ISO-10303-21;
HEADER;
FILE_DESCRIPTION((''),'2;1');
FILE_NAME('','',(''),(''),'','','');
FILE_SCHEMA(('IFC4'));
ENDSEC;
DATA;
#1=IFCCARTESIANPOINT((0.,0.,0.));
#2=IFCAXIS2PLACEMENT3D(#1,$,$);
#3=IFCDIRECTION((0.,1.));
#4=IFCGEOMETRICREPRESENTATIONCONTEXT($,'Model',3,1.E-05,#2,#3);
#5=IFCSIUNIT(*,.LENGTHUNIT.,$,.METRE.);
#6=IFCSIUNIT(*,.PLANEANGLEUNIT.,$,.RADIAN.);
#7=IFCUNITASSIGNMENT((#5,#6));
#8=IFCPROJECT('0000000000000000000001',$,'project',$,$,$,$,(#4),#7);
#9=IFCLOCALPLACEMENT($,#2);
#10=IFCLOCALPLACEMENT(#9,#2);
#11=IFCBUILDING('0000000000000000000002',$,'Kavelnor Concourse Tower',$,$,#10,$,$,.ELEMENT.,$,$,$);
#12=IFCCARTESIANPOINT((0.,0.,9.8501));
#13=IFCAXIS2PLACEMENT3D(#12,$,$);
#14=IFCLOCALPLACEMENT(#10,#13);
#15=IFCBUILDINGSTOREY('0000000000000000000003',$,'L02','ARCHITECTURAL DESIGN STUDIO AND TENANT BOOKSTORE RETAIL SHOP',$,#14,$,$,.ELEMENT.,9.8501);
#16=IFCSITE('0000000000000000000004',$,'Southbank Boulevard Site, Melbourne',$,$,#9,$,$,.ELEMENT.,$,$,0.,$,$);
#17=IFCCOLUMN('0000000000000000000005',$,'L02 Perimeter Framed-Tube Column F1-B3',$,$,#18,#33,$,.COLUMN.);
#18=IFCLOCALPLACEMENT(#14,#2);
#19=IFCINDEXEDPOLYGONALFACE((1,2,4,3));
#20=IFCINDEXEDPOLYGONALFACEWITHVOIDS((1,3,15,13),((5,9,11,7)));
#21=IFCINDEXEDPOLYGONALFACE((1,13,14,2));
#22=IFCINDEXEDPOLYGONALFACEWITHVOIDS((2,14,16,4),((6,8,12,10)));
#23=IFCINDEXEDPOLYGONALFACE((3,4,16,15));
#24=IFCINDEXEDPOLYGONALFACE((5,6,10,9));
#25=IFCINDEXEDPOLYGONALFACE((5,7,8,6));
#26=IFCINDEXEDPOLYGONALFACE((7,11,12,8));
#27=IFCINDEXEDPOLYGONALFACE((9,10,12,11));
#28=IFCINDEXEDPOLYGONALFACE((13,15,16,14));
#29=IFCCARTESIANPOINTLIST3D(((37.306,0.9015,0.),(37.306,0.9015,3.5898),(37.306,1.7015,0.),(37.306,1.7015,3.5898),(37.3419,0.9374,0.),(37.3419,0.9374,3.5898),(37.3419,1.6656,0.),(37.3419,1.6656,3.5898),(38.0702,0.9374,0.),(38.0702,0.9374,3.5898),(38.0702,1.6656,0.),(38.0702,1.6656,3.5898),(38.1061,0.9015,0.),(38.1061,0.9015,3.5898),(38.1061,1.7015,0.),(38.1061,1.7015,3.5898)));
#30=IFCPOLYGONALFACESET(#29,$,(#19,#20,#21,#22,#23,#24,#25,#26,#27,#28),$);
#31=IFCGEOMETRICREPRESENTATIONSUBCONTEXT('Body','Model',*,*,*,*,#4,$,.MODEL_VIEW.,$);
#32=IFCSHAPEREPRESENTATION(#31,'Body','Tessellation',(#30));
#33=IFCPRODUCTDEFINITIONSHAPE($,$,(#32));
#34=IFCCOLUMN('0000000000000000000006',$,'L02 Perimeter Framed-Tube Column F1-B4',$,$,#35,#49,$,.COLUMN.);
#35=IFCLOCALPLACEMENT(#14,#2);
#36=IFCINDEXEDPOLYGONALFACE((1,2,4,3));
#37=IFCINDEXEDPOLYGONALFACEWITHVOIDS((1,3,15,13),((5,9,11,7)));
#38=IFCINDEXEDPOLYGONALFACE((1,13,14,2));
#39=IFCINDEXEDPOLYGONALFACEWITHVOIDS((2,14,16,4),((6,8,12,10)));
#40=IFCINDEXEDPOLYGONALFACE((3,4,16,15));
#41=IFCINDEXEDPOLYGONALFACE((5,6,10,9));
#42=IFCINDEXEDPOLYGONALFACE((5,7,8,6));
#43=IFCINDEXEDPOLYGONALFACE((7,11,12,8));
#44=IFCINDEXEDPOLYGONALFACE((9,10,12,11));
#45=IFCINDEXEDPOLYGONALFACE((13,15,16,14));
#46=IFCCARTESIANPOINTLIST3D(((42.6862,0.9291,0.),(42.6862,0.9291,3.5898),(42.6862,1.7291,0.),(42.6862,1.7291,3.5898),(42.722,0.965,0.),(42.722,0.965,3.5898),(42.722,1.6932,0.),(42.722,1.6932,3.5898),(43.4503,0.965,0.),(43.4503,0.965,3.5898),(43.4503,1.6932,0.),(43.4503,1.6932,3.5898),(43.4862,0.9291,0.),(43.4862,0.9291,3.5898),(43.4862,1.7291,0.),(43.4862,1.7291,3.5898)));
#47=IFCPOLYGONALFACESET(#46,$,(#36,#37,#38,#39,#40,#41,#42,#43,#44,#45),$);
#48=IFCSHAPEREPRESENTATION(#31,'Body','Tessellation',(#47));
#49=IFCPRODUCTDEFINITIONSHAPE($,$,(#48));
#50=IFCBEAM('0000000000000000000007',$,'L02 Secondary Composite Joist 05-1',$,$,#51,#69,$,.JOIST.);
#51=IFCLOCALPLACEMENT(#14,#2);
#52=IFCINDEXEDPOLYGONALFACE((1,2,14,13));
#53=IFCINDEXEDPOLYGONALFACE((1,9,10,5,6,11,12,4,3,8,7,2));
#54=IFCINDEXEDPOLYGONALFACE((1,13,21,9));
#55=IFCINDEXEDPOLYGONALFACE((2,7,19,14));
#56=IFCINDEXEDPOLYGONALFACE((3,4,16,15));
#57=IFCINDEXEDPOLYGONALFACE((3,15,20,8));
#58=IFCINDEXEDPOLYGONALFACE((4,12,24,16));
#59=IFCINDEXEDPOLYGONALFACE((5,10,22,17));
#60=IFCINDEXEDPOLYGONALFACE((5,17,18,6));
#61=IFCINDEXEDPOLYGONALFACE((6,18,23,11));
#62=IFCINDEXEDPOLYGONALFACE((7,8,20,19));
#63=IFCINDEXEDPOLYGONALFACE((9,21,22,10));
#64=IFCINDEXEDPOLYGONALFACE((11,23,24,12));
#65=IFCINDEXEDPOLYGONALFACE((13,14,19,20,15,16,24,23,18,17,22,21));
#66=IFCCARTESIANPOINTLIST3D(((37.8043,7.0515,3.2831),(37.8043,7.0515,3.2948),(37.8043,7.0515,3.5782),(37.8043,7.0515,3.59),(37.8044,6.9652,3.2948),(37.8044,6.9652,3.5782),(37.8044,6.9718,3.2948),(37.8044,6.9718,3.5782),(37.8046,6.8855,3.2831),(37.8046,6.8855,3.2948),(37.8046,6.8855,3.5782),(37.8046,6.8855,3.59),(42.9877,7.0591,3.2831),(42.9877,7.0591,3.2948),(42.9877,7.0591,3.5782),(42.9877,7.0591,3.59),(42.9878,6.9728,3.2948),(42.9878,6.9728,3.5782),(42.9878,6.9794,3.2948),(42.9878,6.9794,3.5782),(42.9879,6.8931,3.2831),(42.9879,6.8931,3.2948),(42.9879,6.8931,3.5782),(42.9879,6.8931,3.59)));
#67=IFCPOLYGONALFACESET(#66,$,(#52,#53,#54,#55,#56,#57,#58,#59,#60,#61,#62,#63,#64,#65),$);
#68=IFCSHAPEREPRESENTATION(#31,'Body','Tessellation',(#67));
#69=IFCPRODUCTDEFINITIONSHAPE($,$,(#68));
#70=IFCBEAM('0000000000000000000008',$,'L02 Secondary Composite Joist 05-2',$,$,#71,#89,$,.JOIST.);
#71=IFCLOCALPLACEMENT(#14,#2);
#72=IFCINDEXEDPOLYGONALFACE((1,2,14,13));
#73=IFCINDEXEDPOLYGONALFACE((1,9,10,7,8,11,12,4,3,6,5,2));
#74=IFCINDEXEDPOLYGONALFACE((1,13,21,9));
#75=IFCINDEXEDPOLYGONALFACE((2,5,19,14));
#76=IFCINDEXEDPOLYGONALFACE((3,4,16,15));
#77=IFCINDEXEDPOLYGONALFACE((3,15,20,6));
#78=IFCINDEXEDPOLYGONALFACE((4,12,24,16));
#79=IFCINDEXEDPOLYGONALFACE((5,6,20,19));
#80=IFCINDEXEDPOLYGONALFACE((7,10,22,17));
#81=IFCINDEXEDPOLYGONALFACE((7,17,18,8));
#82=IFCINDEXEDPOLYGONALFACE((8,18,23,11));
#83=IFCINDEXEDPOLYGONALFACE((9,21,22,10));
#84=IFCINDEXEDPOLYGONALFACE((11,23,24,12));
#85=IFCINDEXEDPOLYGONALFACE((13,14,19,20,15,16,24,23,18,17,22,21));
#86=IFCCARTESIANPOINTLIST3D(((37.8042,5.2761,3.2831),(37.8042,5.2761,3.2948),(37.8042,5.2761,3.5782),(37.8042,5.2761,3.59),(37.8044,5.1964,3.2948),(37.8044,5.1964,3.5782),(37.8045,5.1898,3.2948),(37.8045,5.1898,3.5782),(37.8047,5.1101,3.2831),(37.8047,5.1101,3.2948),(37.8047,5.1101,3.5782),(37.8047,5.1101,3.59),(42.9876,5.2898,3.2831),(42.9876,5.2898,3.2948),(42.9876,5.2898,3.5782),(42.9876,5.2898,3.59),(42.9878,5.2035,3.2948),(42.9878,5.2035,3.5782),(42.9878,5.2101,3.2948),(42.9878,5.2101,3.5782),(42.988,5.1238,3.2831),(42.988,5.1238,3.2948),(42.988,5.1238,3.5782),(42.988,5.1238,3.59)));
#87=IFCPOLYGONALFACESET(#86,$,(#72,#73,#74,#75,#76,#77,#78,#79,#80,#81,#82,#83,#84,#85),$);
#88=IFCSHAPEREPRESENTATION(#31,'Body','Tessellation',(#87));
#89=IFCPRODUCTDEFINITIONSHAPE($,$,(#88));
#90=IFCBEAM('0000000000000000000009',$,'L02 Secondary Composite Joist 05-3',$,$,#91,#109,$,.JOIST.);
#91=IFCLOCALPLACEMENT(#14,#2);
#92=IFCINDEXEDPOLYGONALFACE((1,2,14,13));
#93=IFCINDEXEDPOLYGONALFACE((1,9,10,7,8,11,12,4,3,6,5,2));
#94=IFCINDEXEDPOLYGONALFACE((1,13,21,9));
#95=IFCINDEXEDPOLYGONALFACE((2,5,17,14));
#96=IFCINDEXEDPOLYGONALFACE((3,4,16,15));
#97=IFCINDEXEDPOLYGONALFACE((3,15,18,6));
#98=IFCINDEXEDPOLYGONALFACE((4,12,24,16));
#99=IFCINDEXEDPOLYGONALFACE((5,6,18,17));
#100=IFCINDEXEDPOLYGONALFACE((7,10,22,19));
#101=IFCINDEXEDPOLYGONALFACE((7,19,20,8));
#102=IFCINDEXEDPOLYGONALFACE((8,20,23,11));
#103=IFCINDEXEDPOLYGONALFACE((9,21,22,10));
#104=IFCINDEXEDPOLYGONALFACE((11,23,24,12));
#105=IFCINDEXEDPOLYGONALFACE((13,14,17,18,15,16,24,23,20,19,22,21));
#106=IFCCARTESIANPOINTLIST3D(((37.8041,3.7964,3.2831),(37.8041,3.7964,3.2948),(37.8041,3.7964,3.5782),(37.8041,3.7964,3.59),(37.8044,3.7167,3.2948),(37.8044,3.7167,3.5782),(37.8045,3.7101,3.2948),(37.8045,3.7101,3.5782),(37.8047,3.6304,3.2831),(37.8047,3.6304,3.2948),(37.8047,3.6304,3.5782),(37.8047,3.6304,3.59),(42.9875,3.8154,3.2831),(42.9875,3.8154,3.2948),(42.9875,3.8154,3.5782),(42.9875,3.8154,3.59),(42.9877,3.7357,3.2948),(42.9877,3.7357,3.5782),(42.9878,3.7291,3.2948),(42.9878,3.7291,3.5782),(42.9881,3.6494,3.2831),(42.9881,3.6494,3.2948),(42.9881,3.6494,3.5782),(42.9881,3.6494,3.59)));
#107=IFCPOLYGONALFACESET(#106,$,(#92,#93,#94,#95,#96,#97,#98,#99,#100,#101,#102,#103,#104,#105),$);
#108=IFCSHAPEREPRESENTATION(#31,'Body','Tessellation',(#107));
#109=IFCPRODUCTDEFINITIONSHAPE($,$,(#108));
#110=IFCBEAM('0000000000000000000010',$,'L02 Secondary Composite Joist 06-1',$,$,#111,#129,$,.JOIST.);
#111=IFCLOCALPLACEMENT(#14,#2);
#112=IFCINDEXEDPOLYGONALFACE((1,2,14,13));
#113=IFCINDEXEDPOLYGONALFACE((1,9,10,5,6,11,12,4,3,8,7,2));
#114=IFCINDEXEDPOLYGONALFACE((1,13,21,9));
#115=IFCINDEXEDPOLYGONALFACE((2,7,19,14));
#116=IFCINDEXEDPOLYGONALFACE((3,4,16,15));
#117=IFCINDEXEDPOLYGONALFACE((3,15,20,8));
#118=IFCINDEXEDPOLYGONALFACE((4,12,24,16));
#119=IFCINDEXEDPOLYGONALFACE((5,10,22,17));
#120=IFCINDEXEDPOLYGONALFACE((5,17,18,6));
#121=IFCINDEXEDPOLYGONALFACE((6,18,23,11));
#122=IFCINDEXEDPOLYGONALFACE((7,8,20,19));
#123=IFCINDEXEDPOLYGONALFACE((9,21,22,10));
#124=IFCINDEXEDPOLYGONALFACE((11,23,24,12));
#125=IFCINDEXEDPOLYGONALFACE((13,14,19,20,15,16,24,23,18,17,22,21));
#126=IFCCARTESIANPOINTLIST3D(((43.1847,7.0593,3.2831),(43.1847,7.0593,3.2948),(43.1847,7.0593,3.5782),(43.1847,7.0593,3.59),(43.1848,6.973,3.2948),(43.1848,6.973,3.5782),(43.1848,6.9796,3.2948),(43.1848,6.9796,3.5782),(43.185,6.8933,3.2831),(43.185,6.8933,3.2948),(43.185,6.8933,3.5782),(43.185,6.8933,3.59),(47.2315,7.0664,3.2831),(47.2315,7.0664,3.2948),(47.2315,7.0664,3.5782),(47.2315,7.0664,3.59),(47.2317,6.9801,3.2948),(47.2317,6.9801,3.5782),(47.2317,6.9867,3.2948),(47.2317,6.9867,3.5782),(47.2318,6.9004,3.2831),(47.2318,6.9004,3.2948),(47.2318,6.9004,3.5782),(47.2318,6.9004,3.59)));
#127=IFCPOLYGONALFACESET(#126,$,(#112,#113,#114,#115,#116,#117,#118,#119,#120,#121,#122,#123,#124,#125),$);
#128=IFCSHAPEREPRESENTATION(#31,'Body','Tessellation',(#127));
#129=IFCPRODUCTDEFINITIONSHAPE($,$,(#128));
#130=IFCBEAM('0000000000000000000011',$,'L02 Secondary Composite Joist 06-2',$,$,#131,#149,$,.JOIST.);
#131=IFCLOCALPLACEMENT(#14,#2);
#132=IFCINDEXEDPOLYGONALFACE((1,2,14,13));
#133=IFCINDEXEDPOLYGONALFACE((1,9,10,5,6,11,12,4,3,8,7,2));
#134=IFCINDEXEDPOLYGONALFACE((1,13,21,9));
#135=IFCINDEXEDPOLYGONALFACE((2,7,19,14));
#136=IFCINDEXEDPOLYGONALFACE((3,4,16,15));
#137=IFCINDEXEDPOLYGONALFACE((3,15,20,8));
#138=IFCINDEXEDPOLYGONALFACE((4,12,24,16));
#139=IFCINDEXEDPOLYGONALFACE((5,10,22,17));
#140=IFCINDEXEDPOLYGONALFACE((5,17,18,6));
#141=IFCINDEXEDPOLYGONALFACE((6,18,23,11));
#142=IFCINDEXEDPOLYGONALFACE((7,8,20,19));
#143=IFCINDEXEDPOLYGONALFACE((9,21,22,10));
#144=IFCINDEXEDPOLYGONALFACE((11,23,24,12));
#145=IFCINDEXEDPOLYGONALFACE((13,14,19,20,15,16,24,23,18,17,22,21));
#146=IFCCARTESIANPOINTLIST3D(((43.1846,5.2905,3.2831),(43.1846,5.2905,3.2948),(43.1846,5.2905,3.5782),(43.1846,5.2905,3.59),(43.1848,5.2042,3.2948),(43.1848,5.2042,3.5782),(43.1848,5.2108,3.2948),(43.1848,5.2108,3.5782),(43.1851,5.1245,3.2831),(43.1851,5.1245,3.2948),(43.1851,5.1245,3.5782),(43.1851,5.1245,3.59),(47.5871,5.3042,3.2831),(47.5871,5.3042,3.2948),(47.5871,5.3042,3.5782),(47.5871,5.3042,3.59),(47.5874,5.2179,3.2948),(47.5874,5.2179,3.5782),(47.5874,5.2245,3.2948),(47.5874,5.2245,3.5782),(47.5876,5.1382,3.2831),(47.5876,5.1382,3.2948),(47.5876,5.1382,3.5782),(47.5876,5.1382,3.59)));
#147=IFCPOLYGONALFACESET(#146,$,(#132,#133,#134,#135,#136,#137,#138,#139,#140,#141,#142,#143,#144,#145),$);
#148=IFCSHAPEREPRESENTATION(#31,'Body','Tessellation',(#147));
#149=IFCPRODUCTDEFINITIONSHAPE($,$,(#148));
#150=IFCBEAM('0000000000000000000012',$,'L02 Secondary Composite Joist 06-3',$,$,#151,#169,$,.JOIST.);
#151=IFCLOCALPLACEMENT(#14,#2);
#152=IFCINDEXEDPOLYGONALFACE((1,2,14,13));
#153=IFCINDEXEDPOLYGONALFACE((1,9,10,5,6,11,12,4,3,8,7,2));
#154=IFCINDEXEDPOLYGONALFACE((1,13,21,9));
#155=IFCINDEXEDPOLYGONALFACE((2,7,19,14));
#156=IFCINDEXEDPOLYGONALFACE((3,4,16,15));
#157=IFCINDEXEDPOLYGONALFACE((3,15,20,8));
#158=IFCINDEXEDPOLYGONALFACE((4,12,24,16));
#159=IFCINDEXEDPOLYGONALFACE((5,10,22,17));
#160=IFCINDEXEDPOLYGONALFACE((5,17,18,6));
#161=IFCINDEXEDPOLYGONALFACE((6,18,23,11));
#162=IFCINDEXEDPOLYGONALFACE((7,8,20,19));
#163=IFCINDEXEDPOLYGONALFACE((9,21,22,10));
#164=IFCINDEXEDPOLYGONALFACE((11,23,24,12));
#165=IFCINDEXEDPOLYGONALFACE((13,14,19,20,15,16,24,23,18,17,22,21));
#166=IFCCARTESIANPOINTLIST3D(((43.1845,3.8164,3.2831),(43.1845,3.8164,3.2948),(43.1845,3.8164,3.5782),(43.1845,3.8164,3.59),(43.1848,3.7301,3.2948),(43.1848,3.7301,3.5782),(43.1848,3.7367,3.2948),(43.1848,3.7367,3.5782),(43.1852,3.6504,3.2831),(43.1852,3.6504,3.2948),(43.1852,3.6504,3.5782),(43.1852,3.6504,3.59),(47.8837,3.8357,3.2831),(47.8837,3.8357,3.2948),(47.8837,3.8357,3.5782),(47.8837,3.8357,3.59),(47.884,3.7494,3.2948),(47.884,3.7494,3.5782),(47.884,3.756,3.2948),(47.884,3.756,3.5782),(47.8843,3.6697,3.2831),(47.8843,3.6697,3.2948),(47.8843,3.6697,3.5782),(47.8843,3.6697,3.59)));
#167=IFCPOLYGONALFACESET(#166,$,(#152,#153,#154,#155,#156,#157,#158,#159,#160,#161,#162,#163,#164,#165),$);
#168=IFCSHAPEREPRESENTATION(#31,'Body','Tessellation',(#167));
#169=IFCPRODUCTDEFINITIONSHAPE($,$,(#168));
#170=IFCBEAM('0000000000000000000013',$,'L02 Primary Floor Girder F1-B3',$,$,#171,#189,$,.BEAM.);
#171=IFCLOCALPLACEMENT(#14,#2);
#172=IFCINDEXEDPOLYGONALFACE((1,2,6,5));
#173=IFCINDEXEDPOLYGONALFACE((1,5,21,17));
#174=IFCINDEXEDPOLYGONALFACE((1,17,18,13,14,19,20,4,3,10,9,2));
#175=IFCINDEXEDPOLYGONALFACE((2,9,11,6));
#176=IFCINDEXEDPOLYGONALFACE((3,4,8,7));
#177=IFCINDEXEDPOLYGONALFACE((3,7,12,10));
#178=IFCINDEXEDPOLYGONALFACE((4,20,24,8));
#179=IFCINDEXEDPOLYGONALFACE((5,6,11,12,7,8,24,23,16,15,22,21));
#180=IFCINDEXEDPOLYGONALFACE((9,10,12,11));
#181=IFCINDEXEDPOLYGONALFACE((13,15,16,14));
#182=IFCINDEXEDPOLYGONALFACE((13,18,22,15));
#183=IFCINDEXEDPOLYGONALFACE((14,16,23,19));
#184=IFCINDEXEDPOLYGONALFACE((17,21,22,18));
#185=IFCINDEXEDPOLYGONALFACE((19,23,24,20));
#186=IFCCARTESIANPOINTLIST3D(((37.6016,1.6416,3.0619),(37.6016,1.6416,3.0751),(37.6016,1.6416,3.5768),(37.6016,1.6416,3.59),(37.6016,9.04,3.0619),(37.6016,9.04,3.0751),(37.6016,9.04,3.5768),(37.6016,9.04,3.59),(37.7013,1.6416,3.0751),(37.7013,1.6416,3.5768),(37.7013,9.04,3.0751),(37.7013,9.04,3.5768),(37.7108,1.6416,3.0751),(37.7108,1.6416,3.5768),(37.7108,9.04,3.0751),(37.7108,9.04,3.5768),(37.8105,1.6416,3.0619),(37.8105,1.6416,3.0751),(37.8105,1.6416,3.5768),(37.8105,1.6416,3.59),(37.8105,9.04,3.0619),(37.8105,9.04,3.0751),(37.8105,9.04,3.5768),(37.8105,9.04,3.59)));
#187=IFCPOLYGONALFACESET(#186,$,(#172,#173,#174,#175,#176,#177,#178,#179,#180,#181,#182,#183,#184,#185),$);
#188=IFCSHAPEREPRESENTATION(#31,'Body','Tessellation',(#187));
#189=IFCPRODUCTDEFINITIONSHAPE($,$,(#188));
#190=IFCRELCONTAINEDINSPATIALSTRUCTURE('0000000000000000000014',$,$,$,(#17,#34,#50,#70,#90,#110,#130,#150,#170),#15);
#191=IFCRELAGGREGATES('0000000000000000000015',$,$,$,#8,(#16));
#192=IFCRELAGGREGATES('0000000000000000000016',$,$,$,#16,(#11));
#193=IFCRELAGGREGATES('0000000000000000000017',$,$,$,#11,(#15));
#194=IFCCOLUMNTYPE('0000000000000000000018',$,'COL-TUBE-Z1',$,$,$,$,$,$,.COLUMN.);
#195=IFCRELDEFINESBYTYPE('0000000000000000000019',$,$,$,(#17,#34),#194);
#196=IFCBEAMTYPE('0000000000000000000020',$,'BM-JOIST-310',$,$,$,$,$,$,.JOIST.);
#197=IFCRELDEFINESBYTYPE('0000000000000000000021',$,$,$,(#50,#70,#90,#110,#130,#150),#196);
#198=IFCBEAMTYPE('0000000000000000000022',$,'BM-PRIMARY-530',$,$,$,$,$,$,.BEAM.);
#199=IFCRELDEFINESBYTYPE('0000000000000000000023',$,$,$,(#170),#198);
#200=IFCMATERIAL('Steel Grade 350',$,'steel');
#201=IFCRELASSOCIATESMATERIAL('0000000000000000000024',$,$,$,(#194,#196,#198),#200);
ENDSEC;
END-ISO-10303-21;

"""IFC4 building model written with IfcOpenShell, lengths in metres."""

from ifc_helpers import new_model, si_unit, direction, frame, origin, origin_2d, place, context, subcontext, project, spatial, hollow_rectangle, i_section, extrude, material, material_profile, profile_set, type_object, element, save


model = new_model("IFC4")

# Units and contexts
model_context = context("Model", 3, precision=1e-05, world=origin(), true_north=direction((0.0, 1.0)))
body_context = subcontext(model_context, "Body", "Model", "MODEL_VIEW")
ifc_project = project(units=[si_unit("LENGTHUNIT", "METRE"), si_unit("PLANEANGLEUNIT", "RADIAN")], contexts=[model_context])

# Site, building, storey
site_placement = place(None, origin())
site = spatial("IfcSite", under=ifc_project, at=site_placement, Name="Southbank Boulevard Site, Melbourne", CompositionType="ELEMENT", RefElevation=0.0)
building_placement = place(site_placement, origin())
building = spatial("IfcBuilding", under=site, at=building_placement, Name="Kavelnor Concourse Tower", CompositionType="ELEMENT")
storey_placement = place(building_placement, frame((0.0, 0.0, 9.8501)))
storey = spatial("IfcBuildingStorey", under=building, at=storey_placement, Name="L02", Description="ARCHITECTURAL DESIGN STUDIO AND TENANT BOOKSTORE RETAIL SHOP", CompositionType="ELEMENT", Elevation=9.8501)

# Columns
ifc_material_1 = material(Name="Steel Grade 350", Category="steel")
ifc_material_profile_1 = material_profile(ifc_material_1, hollow_rectangle(XDim=0.8, YDim=0.8, WallThickness=0.0359, at=origin_2d()), Name="SHS 800x800x36")
ifc_profile_set_1 = profile_set([ifc_material_profile_1], Name="Steel Grade 350")
column_type = type_object("IfcColumnType", Name="COL-TUBE-Z1", PredefinedType="COLUMN", material=ifc_profile_set_1)
for number, where, z_axis, x_axis, name in (
    (1, (37.7061, 1.3015, 0.0), (0.0, 0.0, 1.0), (1.0, 0.0, 0.0), "L02 Perimeter Framed-Tube Column F1-B3"),
    (2, (43.0862, 1.3291, 0.0), (0.0, 0.0, 1.0), (1.0, 0.0, 0.0), "L02 Perimeter Framed-Tube Column F1-B4"),
):
    element("IfcColumn", number, at=place(storey_placement, frame(where, z_axis=z_axis, x_axis=x_axis)), inside=storey, type_object=column_type, Name=name, PredefinedType="COLUMN", context=body_context, shape_type="SweptSolid", body=[
        extrude(hollow_rectangle(XDim=0.8, YDim=0.8, WallThickness=0.0359, at=origin_2d()), origin(), (0.0, 0.0, 1.0), 3.5898),
    ])

# Beams
ifc_material_profile_2 = material_profile(ifc_material_1, i_section(OverallWidth=0.166, OverallDepth=0.3069, WebThickness=0.0066, FlangeThickness=0.0117, at=origin_2d()), Name="310UB46")
ifc_profile_set_2 = profile_set([ifc_material_profile_2], Name="Steel Grade 350")
beam_type_1 = type_object("IfcBeamType", Name="BM-JOIST-310", PredefinedType="JOIST", material=ifc_profile_set_2)
for number, where, z_axis, x_axis, name in (
    (3, (37.8044, 6.9685, 3.4365), (0.999999, 0.00146, 0.0), (-0.00146, 0.999999, 0.0), "L02 Secondary Composite Joist 05-1"),
    (4, (37.8044, 5.1931, 3.4365), (0.999997, 0.002638, 0.0), (-0.002638, 0.999997, 0.0), "L02 Secondary Composite Joist 05-2"),
    (5, (37.8044, 3.7134, 3.4365), (0.999993, 0.003674, 0.0), (-0.003674, 0.999993, 0.0), "L02 Secondary Composite Joist 05-3"),
):
    element("IfcBeam", number, at=place(storey_placement, frame(where, z_axis=z_axis, x_axis=x_axis)), inside=storey, type_object=beam_type_1, Name=name, PredefinedType="JOIST", context=body_context, shape_type="SweptSolid", body=[
        extrude(i_section(OverallWidth=0.166, OverallDepth=0.3069, WebThickness=0.0066, FlangeThickness=0.0117, at=origin_2d()), origin(), (0.0, 0.0, 1.0), 5.1833),
    ])
beam_1_placement = place(storey_placement, frame((43.1848, 6.9763, 3.4365), z_axis=(0.999998, 0.00175, 0.0), x_axis=(-0.00175, 0.999998, 0.0)))
element("IfcBeam", 6, at=beam_1_placement, inside=storey, type_object=beam_type_1, Name="L02 Secondary Composite Joist 06-1", PredefinedType="JOIST", context=body_context, shape_type="SweptSolid", body=[
    extrude(i_section(OverallWidth=0.166, OverallDepth=0.3069, WebThickness=0.0066, FlangeThickness=0.0117, at=origin_2d()), origin(), (0.0, 0.0, 1.0), 4.0469),
])
beam_2_placement = place(storey_placement, frame((43.1848, 5.2075, 3.4365), z_axis=(0.999995, 0.003105, 0.0), x_axis=(-0.003105, 0.999995, 0.0)))
element("IfcBeam", 7, at=beam_2_placement, inside=storey, type_object=beam_type_1, Name="L02 Secondary Composite Joist 06-2", PredefinedType="JOIST", context=body_context, shape_type="SweptSolid", body=[
    extrude(i_section(OverallWidth=0.166, OverallDepth=0.3069, WebThickness=0.0066, FlangeThickness=0.0117, at=origin_2d()), origin(), (0.0, 0.0, 1.0), 4.4026),
])
beam_3_placement = place(storey_placement, frame((43.1848, 3.7334, 3.4365), z_axis=(0.999992, 0.004104, 0.0), x_axis=(-0.004104, 0.999992, 0.0)))
element("IfcBeam", 8, at=beam_3_placement, inside=storey, type_object=beam_type_1, Name="L02 Secondary Composite Joist 06-3", PredefinedType="JOIST", context=body_context, shape_type="SweptSolid", body=[
    extrude(i_section(OverallWidth=0.166, OverallDepth=0.3069, WebThickness=0.0066, FlangeThickness=0.0117, at=origin_2d()), origin(), (0.0, 0.0, 1.0), 4.6992),
])
ifc_material_profile_3 = material_profile(ifc_material_1, i_section(OverallWidth=0.209, OverallDepth=0.5281, WebThickness=0.0095, FlangeThickness=0.0132, at=origin_2d()), Name="530UB82")
ifc_profile_set_3 = profile_set([ifc_material_profile_3], Name="Steel Grade 350")
beam_type_2 = type_object("IfcBeamType", Name="BM-PRIMARY-530", PredefinedType="BEAM", material=ifc_profile_set_3)
beam_4_placement = place(storey_placement, frame((37.7061, 9.04, 3.3259), z_axis=(0.0, -1.0, 0.0), x_axis=(1.0, 0.0, 0.0)))
element("IfcBeam", 9, at=beam_4_placement, inside=storey, type_object=beam_type_2, Name="L02 Primary Floor Girder F1-B3", PredefinedType="BEAM", context=body_context, shape_type="SweptSolid", body=[
    extrude(i_section(OverallWidth=0.209, OverallDepth=0.5281, WebThickness=0.0095, FlangeThickness=0.0132, at=origin_2d()), origin(), (0.0, 0.0, 1.0), 7.3984),
])

save(model, "model.ifc")
